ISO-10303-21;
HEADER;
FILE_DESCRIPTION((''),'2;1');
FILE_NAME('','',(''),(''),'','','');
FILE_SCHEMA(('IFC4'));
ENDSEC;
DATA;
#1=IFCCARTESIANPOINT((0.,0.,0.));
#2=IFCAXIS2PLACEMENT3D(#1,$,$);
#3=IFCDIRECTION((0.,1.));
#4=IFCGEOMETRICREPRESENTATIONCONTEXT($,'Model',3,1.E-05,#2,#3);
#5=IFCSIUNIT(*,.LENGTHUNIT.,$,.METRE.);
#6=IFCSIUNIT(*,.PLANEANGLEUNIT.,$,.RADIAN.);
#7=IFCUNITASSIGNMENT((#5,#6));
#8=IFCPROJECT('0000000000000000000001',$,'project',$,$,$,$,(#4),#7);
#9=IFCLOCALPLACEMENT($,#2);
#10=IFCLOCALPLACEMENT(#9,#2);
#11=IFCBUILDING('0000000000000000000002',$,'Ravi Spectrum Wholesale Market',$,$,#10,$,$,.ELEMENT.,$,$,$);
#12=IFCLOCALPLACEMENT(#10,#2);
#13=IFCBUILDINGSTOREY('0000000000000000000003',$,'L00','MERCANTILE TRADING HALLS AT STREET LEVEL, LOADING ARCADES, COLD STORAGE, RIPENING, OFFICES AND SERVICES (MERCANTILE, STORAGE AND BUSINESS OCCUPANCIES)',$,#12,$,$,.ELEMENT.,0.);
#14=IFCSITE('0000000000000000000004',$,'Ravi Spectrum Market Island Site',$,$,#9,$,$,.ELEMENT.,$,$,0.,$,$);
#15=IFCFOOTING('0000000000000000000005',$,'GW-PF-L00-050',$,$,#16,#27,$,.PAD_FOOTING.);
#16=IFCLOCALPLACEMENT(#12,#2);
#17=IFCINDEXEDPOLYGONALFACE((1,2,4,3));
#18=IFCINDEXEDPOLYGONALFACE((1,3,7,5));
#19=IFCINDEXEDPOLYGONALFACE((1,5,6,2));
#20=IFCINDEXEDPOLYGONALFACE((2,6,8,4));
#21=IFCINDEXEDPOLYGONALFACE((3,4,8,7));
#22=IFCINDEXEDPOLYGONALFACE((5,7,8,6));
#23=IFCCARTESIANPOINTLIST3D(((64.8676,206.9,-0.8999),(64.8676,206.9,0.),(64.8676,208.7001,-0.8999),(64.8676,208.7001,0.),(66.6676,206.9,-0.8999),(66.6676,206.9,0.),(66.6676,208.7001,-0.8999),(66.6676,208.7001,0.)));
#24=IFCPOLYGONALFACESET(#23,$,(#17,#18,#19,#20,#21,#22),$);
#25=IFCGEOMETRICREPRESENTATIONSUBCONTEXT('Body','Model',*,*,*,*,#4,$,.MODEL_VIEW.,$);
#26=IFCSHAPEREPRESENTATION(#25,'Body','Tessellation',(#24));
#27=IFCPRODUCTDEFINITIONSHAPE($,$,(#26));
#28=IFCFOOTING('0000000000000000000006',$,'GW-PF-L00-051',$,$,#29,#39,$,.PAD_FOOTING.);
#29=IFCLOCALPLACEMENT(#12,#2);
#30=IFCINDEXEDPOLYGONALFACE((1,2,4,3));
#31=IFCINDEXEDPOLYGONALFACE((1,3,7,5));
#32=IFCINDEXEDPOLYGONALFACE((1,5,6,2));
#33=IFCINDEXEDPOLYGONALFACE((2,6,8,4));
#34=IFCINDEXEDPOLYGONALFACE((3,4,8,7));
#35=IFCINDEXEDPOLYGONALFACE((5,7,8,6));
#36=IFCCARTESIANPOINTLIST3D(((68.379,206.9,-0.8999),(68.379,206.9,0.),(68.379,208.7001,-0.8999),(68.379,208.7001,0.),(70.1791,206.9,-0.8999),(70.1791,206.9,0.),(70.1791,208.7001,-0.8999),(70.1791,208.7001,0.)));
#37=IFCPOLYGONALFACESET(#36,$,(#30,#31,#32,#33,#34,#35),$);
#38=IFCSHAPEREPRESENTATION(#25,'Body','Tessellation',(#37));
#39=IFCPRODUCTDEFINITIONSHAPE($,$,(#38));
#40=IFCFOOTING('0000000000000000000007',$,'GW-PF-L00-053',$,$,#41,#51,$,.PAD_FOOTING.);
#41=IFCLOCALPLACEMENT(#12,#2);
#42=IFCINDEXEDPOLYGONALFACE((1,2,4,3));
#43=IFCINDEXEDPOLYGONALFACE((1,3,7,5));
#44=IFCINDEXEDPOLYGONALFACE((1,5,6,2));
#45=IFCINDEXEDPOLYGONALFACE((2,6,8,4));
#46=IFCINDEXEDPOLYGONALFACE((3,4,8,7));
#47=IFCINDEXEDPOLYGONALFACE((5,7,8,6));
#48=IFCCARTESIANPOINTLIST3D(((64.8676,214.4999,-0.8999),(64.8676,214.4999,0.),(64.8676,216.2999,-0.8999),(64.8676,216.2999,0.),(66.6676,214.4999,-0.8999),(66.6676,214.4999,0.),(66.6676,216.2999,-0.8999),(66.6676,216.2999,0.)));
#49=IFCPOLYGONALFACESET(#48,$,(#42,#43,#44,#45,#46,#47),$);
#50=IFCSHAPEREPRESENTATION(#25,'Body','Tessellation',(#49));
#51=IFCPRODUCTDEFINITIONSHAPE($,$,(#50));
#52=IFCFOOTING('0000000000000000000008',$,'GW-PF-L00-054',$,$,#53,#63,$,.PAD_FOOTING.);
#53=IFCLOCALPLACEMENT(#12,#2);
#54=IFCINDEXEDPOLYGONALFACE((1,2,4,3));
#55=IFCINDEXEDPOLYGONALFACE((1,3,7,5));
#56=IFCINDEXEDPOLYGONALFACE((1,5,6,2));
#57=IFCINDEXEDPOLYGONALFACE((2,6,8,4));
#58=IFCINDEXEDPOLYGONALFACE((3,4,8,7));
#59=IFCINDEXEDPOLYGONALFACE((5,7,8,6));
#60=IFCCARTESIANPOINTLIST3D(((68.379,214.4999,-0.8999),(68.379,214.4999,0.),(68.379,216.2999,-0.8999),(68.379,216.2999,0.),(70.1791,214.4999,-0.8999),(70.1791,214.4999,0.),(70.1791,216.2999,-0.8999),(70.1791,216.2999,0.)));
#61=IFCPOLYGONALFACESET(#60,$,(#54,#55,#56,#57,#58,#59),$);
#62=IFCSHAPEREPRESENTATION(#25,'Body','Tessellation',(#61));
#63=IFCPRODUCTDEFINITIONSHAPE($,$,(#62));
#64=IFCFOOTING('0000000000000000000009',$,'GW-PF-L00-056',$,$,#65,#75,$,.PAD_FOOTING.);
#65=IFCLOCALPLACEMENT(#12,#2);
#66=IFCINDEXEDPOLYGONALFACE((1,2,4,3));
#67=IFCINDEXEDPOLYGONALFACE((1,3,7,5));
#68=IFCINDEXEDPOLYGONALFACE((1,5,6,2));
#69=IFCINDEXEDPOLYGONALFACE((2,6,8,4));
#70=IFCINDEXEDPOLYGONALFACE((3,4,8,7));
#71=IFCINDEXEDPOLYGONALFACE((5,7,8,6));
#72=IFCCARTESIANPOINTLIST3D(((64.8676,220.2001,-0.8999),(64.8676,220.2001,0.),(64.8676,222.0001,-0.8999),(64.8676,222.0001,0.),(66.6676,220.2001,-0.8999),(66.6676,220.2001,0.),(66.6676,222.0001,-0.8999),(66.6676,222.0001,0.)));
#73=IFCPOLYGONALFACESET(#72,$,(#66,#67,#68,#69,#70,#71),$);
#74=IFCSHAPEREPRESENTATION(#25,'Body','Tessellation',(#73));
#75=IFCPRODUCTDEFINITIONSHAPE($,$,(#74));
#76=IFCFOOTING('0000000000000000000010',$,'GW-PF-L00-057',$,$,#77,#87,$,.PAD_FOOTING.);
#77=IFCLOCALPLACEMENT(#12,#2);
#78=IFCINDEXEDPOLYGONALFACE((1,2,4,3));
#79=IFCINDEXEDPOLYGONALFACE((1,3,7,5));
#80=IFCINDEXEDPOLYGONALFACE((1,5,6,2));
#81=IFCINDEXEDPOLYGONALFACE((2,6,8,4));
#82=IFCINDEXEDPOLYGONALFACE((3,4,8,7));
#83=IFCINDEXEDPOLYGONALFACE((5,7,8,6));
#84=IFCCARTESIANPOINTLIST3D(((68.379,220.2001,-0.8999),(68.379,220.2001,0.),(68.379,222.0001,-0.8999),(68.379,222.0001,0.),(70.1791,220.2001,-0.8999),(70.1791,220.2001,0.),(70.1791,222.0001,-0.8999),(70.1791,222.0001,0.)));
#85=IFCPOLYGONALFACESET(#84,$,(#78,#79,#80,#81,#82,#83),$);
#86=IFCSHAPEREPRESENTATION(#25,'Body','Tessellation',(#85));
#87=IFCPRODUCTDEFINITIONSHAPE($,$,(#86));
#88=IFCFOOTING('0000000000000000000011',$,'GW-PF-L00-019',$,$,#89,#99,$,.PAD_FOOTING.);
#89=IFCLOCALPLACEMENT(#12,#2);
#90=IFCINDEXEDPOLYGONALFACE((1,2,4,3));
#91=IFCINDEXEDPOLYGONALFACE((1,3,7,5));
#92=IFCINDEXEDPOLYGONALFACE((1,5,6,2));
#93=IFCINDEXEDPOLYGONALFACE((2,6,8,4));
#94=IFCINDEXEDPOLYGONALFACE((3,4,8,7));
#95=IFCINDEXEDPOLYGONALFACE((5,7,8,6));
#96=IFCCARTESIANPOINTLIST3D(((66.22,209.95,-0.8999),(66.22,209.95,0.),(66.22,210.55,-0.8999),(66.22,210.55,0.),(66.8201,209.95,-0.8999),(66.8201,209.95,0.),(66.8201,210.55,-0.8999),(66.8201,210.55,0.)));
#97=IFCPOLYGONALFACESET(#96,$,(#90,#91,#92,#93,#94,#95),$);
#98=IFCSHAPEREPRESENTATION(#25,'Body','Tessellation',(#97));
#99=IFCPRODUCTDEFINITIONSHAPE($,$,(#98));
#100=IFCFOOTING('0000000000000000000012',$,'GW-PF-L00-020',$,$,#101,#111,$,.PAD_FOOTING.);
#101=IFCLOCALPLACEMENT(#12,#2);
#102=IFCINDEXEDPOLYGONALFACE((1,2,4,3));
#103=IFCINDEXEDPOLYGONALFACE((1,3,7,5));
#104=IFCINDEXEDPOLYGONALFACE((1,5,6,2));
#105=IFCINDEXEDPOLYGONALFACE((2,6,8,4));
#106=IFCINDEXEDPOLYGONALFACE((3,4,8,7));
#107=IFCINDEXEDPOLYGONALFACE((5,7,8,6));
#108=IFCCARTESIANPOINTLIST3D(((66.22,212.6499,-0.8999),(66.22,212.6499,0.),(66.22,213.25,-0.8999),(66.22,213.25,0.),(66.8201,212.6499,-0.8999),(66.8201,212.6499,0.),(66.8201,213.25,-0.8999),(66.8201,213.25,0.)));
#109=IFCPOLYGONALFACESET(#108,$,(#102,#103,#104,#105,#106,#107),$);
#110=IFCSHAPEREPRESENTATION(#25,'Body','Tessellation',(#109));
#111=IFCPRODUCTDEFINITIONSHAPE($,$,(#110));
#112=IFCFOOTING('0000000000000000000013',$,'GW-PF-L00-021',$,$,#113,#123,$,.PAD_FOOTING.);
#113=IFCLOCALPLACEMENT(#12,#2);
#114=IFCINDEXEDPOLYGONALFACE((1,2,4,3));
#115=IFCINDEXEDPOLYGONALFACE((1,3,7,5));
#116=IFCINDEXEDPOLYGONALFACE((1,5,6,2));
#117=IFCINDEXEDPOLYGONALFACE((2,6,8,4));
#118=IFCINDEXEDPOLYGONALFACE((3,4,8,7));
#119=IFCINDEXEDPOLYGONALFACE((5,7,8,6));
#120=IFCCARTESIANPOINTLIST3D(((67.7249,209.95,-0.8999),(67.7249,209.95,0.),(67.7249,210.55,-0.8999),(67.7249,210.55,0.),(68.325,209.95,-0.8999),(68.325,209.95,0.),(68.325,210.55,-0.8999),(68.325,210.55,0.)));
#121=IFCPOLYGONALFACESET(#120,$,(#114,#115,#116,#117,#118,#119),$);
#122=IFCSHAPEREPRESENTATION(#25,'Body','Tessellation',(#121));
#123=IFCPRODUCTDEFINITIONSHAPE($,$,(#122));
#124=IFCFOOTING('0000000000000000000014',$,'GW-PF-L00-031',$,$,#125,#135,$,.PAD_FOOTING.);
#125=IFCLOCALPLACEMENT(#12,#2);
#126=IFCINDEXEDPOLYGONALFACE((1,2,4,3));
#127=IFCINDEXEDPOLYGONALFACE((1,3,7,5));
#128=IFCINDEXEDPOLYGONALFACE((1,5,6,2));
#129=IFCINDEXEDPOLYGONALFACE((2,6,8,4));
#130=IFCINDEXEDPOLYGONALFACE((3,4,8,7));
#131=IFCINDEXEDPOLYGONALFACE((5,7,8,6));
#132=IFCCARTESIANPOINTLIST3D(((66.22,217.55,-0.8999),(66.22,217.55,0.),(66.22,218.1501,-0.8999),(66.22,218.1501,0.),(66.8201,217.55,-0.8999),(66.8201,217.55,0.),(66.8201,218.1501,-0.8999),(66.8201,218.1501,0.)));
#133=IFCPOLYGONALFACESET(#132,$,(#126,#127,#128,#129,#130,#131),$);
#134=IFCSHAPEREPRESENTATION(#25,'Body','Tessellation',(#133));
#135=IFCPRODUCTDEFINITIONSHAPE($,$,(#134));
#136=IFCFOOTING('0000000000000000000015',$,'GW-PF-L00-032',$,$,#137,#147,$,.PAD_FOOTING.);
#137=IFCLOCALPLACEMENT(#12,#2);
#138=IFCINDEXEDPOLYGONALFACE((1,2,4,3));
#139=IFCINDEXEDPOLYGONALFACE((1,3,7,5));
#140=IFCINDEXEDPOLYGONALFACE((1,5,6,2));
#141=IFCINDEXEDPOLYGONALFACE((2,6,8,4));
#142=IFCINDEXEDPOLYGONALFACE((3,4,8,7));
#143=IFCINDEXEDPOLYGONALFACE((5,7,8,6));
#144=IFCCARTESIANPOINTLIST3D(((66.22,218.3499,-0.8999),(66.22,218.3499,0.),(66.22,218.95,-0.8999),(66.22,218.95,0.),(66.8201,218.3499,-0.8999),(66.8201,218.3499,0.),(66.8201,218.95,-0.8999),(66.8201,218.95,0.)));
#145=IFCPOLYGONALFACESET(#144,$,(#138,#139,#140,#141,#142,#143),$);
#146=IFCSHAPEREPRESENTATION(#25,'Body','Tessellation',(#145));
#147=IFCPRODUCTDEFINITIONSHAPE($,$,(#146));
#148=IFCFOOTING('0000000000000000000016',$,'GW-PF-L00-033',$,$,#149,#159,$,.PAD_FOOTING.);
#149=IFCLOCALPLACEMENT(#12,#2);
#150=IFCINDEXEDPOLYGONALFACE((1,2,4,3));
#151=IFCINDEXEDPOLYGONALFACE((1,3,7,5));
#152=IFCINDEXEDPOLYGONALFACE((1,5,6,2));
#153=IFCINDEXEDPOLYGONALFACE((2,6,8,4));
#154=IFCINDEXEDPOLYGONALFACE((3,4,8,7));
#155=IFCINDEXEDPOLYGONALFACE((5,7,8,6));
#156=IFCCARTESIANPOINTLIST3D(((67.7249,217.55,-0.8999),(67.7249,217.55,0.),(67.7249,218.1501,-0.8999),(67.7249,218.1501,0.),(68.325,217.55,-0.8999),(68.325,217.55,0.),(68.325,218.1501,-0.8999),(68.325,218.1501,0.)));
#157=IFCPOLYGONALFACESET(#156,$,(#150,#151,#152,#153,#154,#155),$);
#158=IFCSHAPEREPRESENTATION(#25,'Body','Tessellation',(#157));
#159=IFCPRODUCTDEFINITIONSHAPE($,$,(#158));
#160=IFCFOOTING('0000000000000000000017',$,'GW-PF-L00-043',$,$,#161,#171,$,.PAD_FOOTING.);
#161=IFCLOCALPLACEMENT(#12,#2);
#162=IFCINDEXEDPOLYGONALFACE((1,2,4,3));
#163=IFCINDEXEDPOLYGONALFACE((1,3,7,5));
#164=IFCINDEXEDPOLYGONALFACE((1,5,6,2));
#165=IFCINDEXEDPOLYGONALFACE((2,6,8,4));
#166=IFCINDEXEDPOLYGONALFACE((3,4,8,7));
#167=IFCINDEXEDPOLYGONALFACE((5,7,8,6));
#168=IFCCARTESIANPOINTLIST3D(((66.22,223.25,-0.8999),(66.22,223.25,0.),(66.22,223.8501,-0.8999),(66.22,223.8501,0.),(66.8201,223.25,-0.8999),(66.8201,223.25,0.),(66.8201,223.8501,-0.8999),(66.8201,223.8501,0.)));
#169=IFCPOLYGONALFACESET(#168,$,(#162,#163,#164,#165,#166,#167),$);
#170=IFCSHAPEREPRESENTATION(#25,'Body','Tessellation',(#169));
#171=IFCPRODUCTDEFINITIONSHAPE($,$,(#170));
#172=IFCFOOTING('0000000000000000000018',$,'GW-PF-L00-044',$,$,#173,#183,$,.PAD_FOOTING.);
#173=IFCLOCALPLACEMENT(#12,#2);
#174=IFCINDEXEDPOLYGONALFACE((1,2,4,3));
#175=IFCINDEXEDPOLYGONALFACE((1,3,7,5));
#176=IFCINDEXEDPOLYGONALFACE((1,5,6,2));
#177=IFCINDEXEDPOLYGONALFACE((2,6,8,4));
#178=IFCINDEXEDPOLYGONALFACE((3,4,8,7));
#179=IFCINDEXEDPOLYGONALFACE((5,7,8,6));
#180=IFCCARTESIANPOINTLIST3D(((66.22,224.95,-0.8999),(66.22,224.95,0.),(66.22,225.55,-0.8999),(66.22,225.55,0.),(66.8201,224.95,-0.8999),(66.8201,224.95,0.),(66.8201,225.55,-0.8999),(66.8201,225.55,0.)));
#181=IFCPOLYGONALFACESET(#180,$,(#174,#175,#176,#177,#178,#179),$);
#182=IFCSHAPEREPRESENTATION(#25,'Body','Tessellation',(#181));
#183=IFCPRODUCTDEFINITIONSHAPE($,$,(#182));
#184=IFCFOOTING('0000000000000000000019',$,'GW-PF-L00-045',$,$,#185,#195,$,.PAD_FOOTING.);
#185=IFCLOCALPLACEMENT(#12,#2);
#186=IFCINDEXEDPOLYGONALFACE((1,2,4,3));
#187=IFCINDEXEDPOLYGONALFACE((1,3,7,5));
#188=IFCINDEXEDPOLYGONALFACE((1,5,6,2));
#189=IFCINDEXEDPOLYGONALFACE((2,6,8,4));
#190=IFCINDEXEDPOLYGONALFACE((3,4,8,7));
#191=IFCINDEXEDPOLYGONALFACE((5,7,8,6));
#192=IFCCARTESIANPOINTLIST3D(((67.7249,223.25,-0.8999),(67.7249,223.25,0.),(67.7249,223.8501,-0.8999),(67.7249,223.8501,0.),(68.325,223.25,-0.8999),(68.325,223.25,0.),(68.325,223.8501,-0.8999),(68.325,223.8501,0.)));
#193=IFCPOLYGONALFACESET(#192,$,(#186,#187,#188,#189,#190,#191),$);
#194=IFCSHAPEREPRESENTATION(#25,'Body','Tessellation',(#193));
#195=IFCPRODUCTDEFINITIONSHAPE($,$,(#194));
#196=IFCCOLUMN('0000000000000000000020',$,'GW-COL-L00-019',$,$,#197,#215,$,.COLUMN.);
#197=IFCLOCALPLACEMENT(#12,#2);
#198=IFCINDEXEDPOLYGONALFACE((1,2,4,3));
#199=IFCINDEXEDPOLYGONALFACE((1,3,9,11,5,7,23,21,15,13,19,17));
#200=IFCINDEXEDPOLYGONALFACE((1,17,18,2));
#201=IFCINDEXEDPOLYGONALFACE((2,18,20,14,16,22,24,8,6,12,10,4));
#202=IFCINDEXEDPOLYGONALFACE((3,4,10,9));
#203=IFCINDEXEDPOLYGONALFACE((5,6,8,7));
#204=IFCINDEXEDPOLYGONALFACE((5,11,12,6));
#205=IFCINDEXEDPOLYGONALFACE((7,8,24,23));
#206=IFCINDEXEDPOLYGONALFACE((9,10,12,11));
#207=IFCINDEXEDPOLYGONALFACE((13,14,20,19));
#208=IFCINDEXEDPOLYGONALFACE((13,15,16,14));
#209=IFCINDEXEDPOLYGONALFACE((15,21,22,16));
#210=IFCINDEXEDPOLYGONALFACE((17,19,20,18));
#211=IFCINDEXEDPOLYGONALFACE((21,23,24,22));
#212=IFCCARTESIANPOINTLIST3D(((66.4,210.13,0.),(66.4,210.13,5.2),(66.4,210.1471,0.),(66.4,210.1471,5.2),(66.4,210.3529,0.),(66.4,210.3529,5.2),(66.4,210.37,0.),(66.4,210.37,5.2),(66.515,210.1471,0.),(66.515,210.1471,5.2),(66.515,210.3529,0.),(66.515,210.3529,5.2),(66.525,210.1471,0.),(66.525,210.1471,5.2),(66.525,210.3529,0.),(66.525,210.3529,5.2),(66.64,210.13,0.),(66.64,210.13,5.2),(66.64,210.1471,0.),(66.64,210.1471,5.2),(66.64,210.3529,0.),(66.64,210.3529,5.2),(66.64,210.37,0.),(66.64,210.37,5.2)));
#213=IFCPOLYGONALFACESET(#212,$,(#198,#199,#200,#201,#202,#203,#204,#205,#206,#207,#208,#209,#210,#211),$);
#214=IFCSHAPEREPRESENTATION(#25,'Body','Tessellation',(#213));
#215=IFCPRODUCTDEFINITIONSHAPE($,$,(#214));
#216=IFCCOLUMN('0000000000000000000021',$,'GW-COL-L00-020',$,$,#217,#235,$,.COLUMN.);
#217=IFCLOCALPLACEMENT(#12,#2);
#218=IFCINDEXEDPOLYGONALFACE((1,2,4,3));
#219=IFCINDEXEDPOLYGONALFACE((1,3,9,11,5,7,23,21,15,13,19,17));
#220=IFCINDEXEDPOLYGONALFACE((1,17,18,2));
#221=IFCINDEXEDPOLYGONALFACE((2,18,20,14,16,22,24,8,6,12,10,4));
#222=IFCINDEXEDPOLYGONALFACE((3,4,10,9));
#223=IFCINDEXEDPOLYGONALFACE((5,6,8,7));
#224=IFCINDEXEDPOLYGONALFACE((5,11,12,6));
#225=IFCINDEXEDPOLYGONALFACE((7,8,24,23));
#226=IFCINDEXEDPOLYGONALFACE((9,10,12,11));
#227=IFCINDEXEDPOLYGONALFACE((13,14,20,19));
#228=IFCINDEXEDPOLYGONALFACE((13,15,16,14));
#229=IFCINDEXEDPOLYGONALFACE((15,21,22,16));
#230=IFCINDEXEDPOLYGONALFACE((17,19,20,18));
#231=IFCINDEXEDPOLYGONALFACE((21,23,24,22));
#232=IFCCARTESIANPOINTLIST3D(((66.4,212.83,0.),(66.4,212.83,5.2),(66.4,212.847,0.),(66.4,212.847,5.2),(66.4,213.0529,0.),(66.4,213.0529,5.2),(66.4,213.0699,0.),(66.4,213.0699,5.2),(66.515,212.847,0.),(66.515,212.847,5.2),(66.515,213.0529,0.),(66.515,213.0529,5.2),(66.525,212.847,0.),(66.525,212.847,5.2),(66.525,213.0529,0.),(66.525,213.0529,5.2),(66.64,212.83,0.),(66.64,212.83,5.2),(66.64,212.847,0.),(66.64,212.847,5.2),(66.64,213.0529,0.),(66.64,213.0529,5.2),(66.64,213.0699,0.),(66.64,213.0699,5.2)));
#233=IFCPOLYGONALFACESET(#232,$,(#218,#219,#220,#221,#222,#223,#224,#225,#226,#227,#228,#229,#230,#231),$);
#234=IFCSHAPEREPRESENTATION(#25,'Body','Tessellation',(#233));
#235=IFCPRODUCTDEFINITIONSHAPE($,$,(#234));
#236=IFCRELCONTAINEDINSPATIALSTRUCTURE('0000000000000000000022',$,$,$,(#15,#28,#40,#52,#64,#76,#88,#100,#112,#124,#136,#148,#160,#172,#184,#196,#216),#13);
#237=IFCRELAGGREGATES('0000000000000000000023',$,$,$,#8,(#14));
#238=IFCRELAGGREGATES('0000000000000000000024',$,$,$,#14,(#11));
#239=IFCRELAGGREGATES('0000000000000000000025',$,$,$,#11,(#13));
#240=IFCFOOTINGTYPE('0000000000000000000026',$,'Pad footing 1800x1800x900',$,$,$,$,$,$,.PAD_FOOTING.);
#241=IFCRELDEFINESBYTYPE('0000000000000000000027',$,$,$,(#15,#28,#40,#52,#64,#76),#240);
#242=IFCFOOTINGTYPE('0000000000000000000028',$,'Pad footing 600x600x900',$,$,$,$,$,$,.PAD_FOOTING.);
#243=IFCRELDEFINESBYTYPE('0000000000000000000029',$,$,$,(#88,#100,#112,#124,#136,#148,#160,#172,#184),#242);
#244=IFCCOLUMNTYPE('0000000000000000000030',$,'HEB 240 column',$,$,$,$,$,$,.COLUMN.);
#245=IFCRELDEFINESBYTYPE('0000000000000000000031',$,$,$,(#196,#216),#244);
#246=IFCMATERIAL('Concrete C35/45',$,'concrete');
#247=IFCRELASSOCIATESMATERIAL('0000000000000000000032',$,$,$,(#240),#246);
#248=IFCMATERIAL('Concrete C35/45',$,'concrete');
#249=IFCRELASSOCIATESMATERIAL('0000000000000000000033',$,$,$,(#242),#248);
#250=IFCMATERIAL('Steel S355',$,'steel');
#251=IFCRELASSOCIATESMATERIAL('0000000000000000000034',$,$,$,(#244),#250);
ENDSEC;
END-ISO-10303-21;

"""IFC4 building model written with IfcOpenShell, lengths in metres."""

from ifc_helpers import new_model, si_unit, direction, frame, origin, origin_2d, place, context, subcontext, project, spatial, rectangle, i_section, extrude, material, material_profile, profile_set, type_object, element, save


model = new_model("IFC4")

# Units and contexts
model_context = context("Model", 3, precision=1e-05, world=origin(), true_north=direction((0.0, 1.0)))
body_context = subcontext(model_context, "Body", "Model", "MODEL_VIEW")
ifc_project = project(units=[si_unit("LENGTHUNIT", "METRE"), si_unit("PLANEANGLEUNIT", "RADIAN")], contexts=[model_context])

# Site, building, storey
site_placement = place(None, origin())
site = spatial("IfcSite", under=ifc_project, at=site_placement, Name="Ravi Spectrum Market Island Site", CompositionType="ELEMENT", RefElevation=0.0)
building_placement = place(site_placement, origin())
building = spatial("IfcBuilding", under=site, at=building_placement, Name="Ravi Spectrum Wholesale Market", CompositionType="ELEMENT")
storey_placement = place(building_placement, origin())
storey = spatial("IfcBuildingStorey", under=building, at=storey_placement, Name="L00", Description="MERCANTILE TRADING HALLS AT STREET LEVEL, LOADING ARCADES, COLD STORAGE, RIPENING, OFFICES AND SERVICES (MERCANTILE, STORAGE AND BUSINESS OCCUPANCIES)", CompositionType="ELEMENT", Elevation=0.0)

# Footings
ifc_material_1 = material(Name="Concrete C35/45", Category="concrete")
footing_type_1 = type_object("IfcFootingType", Name="Pad footing 1800x1800x900", PredefinedType="PAD_FOOTING", material=ifc_material_1)
for number, where, z_axis, x_axis, name in (
    (1, (65.7676, 207.8, -0.8999), (0.0, 0.0, 1.0), (1.0, 0.0, 0.0), "GW-PF-L00-050"),
    (2, (69.2791, 207.8, -0.8999), (0.0, 0.0, 1.0), (1.0, 0.0, 0.0), "GW-PF-L00-051"),
    (3, (65.7676, 215.3999, -0.8999), (0.0, 0.0, 1.0), (1.0, 0.0, 0.0), "GW-PF-L00-053"),
    (4, (69.2791, 215.3999, -0.8999), (0.0, 0.0, 1.0), (1.0, 0.0, 0.0), "GW-PF-L00-054"),
    (5, (65.7676, 221.1001, -0.8999), (0.0, 0.0, 1.0), (1.0, 0.0, 0.0), "GW-PF-L00-056"),
    (6, (69.2791, 221.1001, -0.8999), (0.0, 0.0, 1.0), (1.0, 0.0, 0.0), "GW-PF-L00-057"),
):
    element("IfcFooting", number, at=place(storey_placement, frame(where, z_axis=z_axis, x_axis=x_axis)), inside=storey, type_object=footing_type_1, Name=name, PredefinedType="PAD_FOOTING", context=body_context, shape_type="SweptSolid", body=[
        extrude(rectangle(XDim=1.8, YDim=1.8, at=origin_2d()), origin(), (0.0, 0.0, 1.0), 0.8999),
    ])
ifc_material_2 = material(Name="Concrete C35/45", Category="concrete")
footing_type_2 = type_object("IfcFootingType", Name="Pad footing 600x600x900", PredefinedType="PAD_FOOTING", material=ifc_material_2)
for number, where, z_axis, x_axis, name in (
    (7, (66.52, 210.25, -0.8999), (0.0, 0.0, 1.0), (1.0, 0.0, 0.0), "GW-PF-L00-019"),
    (8, (66.52, 212.95, -0.8999), (0.0, 0.0, 1.0), (1.0, 0.0, 0.0), "GW-PF-L00-020"),
    (9, (68.0249, 210.25, -0.8999), (0.0, 0.0, 1.0), (1.0, 0.0, 0.0), "GW-PF-L00-021"),
    (10, (66.52, 217.8501, -0.8999), (0.0, 0.0, 1.0), (1.0, 0.0, 0.0), "GW-PF-L00-031"),
    (11, (66.52, 218.6499, -0.8999), (0.0, 0.0, 1.0), (1.0, 0.0, 0.0), "GW-PF-L00-032"),
    (12, (68.0249, 217.8501, -0.8999), (0.0, 0.0, 1.0), (1.0, 0.0, 0.0), "GW-PF-L00-033"),
    (13, (66.52, 223.55, -0.8999), (0.0, 0.0, 1.0), (1.0, 0.0, 0.0), "GW-PF-L00-043"),
    (14, (66.52, 225.25, -0.8999), (0.0, 0.0, 1.0), (1.0, 0.0, 0.0), "GW-PF-L00-044"),
    (15, (68.0249, 223.55, -0.8999), (0.0, 0.0, 1.0), (1.0, 0.0, 0.0), "GW-PF-L00-045"),
):
    element("IfcFooting", number, at=place(storey_placement, frame(where, z_axis=z_axis, x_axis=x_axis)), inside=storey, type_object=footing_type_2, Name=name, PredefinedType="PAD_FOOTING", context=body_context, shape_type="SweptSolid", body=[
        extrude(rectangle(XDim=0.6001, YDim=0.6001, at=origin_2d()), origin(), (0.0, 0.0, 1.0), 0.8999),
    ])

# Columns
ifc_material_3 = material(Name="Steel S355", Category="steel")
ifc_material_profile = material_profile(ifc_material_3, i_section(OverallWidth=0.24, OverallDepth=0.24, WebThickness=0.01, FlangeThickness=0.0171, at=origin_2d()))
ifc_profile_set = profile_set([ifc_material_profile], Name="Steel S355")
column_type = type_object("IfcColumnType", Name="HEB 240 column", PredefinedType="COLUMN", material=ifc_profile_set)
for number, where, z_axis, x_axis, name in (
    (16, (66.52, 210.25, 0.0), (0.0, 0.0, 1.0), (1.0, 0.0, 0.0), "GW-COL-L00-019"),
    (17, (66.52, 212.95, 0.0), (0.0, 0.0, 1.0), (1.0, 0.0, 0.0), "GW-COL-L00-020"),
):
    element("IfcColumn", number, at=place(storey_placement, frame(where, z_axis=z_axis, x_axis=x_axis)), inside=storey, type_object=column_type, Name=name, PredefinedType="COLUMN", context=body_context, shape_type="SweptSolid", body=[
        extrude(i_section(OverallWidth=0.24, OverallDepth=0.24, WebThickness=0.01, FlangeThickness=0.0171, at=origin_2d()), origin(), (0.0, 0.0, 1.0), 5.2),
    ])

save(model, "model.ifc")
